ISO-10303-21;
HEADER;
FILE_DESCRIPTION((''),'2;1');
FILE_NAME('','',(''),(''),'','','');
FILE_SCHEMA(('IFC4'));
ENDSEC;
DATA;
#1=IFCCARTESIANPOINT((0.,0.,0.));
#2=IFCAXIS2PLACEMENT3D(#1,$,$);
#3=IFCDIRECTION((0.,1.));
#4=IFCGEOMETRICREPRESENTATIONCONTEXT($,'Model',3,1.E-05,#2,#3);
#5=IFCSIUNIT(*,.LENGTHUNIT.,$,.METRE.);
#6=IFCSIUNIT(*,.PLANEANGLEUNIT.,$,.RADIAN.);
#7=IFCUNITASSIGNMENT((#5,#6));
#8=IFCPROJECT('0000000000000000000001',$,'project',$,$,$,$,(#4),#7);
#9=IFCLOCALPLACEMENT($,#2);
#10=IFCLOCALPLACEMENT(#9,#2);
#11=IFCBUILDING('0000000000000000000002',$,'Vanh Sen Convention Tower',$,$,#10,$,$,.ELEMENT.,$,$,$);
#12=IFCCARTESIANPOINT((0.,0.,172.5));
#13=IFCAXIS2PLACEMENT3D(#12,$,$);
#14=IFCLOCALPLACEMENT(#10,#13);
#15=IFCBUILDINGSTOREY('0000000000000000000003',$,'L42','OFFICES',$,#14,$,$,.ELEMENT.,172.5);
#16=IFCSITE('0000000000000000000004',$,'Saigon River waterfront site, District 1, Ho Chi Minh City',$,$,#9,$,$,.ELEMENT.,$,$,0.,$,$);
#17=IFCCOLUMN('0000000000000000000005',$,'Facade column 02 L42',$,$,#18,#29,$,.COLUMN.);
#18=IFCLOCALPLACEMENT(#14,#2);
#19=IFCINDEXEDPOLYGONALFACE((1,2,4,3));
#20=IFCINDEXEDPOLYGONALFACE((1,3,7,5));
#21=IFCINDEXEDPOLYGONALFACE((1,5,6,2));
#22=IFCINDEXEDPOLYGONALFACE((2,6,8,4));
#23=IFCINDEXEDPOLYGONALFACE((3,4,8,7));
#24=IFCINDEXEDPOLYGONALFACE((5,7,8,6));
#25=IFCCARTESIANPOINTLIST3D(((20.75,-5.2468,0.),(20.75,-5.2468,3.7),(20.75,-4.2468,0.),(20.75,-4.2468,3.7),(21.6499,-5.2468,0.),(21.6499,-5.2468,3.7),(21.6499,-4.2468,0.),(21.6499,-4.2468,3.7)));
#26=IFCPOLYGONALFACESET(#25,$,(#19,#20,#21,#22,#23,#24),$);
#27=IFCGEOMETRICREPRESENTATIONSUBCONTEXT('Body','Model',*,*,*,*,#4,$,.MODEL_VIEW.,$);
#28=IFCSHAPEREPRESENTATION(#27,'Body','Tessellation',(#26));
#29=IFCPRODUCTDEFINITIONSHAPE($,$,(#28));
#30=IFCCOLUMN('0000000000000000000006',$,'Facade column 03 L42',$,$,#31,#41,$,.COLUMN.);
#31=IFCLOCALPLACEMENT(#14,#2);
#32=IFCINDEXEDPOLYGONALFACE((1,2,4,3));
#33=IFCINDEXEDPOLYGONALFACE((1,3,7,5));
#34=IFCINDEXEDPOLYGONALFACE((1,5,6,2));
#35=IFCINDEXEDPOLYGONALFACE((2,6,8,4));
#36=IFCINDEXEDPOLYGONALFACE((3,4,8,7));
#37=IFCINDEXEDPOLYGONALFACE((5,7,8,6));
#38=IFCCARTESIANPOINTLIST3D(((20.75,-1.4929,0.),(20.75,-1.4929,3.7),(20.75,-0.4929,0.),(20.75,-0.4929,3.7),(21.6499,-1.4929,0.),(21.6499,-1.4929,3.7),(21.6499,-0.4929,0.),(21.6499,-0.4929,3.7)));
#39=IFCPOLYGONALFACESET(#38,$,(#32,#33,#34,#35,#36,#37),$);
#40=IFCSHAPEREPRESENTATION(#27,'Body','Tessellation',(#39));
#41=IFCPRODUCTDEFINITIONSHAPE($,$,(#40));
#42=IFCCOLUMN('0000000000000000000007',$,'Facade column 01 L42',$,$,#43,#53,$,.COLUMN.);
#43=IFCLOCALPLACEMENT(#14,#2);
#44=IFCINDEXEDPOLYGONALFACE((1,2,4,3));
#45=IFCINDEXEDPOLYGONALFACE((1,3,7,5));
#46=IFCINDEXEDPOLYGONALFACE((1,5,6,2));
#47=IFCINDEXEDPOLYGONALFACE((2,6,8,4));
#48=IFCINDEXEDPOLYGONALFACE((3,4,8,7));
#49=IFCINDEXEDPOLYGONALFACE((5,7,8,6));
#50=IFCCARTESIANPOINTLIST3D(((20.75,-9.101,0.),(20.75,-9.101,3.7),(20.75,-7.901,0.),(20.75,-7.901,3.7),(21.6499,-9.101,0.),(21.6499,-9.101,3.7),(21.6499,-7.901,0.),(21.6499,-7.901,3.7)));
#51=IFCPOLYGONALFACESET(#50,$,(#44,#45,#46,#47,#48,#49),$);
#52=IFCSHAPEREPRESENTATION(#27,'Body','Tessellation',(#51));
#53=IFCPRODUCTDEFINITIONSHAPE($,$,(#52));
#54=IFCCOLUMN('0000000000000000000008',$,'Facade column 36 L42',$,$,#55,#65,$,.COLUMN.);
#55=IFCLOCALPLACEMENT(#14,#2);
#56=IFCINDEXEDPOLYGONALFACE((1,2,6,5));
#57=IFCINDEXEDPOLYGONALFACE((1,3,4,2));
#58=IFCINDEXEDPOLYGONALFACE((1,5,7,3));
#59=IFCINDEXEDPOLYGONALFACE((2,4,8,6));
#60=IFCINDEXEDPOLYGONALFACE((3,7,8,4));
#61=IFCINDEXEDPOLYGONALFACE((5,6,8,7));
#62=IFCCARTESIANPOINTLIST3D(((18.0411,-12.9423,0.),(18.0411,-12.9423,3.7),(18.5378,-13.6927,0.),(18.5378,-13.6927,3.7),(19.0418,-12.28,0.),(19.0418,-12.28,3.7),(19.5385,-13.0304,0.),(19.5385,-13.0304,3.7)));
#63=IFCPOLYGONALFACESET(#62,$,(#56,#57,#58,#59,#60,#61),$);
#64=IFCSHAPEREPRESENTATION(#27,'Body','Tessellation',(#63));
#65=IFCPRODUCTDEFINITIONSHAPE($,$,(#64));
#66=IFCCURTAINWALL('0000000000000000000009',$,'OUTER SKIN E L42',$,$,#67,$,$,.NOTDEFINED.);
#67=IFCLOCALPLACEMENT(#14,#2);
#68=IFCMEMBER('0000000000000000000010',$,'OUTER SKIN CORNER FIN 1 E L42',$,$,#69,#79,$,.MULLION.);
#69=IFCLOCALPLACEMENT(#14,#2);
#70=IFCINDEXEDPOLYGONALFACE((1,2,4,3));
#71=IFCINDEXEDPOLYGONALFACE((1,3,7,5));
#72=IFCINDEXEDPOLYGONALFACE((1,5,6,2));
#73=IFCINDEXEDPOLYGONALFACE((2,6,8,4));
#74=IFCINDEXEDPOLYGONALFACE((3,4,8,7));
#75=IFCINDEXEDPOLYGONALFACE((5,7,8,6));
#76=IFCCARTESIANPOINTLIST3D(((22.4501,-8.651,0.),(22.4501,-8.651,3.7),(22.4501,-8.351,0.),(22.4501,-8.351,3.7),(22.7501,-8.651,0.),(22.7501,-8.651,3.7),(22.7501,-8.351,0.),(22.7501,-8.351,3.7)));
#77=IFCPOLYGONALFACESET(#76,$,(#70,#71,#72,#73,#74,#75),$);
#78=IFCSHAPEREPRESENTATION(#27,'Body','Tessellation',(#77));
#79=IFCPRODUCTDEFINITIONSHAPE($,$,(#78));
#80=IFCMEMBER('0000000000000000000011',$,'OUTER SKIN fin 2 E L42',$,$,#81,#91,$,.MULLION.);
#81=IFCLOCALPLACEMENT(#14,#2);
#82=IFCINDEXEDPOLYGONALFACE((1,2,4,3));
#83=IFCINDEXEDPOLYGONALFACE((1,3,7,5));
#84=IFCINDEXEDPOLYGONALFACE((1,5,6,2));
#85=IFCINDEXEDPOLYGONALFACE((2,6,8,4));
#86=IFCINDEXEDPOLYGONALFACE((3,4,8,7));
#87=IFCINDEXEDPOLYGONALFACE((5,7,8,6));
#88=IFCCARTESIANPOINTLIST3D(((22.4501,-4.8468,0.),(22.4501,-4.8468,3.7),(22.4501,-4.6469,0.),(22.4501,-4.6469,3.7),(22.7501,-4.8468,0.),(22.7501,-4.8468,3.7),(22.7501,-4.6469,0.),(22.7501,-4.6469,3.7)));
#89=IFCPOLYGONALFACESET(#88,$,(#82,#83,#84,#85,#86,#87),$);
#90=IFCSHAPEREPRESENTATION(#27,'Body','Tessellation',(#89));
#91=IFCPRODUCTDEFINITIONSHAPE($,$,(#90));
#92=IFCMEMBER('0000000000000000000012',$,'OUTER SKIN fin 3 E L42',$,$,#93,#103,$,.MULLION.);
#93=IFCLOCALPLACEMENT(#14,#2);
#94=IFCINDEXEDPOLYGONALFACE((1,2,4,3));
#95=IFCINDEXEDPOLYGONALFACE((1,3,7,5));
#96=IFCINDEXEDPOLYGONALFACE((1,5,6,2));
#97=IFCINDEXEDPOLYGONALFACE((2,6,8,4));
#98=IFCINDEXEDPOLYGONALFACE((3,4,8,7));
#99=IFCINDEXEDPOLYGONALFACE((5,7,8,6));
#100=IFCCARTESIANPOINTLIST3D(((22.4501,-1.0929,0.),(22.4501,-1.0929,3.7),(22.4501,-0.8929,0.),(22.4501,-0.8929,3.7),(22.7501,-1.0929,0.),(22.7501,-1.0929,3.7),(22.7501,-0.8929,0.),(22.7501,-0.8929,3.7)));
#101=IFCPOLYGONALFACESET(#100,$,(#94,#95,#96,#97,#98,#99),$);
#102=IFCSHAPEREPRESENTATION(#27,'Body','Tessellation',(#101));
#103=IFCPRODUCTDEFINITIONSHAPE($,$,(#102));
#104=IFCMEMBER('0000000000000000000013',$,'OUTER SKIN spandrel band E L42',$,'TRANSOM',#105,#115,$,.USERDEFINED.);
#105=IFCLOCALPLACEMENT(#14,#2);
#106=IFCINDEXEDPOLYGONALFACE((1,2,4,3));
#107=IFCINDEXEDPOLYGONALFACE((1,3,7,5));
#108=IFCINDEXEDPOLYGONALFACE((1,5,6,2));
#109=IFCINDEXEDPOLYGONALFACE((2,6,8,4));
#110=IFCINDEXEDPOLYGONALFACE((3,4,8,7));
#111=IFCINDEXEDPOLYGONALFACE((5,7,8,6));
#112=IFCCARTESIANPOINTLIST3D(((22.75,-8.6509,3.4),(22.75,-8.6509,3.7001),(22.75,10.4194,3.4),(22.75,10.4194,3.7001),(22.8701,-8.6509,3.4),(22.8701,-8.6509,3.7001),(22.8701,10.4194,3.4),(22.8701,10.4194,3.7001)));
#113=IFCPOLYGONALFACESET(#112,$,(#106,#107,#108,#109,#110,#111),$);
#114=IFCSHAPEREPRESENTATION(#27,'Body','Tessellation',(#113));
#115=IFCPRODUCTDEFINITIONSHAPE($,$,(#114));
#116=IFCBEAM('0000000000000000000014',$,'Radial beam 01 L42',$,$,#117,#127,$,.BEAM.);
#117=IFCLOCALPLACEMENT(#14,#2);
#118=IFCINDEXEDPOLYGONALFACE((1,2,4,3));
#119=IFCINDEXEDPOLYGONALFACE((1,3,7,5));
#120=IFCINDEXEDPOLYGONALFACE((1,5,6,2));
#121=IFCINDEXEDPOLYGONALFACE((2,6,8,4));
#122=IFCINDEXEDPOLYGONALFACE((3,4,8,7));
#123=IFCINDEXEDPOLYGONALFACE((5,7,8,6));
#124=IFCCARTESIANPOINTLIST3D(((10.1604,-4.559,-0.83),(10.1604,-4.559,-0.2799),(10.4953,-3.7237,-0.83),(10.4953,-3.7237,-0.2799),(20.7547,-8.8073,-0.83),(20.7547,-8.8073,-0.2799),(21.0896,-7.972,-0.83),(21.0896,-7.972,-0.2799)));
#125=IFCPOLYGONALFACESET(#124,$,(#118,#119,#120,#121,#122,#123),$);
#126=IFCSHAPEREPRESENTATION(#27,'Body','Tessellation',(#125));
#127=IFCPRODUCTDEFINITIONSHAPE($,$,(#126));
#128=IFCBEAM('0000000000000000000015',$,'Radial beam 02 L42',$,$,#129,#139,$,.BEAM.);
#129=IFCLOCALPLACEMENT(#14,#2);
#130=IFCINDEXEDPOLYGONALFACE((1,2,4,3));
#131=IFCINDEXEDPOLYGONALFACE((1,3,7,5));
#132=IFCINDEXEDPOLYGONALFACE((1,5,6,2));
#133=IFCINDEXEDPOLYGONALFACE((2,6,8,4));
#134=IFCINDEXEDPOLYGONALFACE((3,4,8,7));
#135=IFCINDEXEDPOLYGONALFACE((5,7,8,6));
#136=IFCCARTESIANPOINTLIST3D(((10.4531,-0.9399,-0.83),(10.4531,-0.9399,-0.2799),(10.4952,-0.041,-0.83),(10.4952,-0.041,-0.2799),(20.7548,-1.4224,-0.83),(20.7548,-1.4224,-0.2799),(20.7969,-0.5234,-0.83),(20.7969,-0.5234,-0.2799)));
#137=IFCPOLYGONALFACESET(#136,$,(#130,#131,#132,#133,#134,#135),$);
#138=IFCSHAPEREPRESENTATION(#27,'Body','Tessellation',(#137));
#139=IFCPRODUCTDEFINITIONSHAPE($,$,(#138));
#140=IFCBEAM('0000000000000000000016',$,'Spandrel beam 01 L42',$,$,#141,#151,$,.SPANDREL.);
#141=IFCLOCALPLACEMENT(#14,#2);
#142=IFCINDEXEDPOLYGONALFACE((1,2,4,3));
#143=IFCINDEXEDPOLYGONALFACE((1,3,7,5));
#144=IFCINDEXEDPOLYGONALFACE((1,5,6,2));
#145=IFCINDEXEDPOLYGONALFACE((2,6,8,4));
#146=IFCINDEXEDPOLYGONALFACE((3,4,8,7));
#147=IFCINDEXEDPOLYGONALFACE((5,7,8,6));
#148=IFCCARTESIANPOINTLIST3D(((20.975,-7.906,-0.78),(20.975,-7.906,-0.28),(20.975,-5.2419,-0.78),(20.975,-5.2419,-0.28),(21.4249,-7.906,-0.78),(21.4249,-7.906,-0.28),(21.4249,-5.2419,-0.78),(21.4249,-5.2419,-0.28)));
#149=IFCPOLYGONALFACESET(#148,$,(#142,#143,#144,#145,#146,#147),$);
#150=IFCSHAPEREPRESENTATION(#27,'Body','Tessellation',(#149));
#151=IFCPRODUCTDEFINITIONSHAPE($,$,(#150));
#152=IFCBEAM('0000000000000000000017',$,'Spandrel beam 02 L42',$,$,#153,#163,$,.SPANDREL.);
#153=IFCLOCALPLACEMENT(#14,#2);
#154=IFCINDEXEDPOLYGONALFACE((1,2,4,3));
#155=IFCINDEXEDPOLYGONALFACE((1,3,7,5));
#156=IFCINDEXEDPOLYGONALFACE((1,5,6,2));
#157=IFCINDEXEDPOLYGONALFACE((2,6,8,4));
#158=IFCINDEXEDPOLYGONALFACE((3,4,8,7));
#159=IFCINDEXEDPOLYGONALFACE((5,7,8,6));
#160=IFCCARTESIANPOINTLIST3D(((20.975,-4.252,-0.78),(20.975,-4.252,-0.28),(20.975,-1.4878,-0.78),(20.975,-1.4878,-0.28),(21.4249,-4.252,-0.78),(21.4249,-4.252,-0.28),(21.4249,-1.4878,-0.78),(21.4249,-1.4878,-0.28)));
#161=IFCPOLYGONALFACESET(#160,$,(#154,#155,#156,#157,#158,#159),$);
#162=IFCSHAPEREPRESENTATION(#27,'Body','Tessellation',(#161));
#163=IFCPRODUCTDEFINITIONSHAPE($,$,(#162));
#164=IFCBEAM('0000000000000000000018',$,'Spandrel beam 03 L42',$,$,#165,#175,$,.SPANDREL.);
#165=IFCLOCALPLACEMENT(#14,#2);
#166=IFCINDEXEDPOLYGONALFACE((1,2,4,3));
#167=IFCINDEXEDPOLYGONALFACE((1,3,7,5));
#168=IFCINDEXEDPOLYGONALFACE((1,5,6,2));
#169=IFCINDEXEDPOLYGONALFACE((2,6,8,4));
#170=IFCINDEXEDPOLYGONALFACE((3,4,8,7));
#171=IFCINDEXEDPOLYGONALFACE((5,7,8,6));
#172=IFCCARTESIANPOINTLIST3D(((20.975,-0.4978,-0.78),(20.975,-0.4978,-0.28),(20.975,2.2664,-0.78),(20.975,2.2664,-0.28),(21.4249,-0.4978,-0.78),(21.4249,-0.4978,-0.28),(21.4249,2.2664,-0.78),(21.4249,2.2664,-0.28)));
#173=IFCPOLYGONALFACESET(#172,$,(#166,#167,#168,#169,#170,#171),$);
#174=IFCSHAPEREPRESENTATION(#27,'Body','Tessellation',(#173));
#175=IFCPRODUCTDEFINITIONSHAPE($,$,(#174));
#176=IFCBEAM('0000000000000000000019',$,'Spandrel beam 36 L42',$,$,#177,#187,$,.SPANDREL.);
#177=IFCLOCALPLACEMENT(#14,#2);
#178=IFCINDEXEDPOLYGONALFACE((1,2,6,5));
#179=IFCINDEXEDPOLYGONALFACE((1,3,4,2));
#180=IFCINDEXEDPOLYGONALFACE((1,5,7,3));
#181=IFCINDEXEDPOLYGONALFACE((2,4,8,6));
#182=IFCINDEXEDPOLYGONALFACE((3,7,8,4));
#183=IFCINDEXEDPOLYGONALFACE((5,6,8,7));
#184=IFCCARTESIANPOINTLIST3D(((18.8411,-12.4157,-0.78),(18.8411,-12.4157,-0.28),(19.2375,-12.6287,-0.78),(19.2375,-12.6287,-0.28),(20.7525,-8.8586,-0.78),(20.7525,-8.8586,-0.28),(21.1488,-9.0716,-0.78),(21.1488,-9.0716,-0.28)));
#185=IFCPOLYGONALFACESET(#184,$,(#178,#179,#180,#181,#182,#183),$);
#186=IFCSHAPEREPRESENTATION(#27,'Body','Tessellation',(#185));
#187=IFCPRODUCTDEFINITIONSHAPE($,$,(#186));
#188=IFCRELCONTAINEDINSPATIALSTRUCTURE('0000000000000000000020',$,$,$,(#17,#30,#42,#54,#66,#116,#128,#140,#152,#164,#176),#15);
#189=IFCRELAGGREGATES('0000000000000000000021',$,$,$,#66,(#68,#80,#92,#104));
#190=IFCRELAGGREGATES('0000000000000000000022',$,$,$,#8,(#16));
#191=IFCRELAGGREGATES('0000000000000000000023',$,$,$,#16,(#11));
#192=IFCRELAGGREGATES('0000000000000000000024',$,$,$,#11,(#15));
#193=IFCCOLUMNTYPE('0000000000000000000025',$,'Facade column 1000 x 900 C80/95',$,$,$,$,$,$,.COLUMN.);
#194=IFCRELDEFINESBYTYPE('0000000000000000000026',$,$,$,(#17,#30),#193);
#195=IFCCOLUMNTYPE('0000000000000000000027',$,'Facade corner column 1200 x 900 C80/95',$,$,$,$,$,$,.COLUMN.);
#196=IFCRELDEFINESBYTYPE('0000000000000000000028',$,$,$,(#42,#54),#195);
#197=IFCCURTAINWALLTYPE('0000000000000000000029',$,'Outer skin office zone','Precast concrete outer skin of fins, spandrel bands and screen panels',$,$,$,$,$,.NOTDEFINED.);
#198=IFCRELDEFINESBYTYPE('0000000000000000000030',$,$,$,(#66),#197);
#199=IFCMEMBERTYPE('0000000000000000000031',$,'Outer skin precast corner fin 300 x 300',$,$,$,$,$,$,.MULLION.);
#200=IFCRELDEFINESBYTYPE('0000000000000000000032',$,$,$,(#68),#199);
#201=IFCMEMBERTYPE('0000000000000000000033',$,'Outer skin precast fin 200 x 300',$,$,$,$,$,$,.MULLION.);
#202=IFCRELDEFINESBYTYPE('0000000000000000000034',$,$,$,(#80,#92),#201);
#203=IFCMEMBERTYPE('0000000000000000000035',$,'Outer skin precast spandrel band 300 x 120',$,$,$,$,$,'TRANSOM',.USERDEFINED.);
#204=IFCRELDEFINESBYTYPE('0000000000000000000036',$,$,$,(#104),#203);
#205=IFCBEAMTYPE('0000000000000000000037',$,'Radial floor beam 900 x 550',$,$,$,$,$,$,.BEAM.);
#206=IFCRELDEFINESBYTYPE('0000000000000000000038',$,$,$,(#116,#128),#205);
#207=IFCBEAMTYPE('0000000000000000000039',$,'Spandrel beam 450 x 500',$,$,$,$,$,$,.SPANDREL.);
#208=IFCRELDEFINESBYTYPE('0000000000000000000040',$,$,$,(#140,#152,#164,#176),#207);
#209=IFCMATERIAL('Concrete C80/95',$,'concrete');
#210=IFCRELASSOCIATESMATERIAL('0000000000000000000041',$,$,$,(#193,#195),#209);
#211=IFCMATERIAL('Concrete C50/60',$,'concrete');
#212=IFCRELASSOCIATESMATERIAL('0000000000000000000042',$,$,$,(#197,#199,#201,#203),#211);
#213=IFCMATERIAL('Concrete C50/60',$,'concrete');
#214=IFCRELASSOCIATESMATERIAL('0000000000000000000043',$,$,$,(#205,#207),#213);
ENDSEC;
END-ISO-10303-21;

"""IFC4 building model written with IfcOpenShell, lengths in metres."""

from ifc_helpers import new_model, si_unit, direction, frame, origin, origin_2d, place, context, subcontext, project, spatial, rectangle, extrude, material, material_profile, profile_set, type_object, element, aggregate, save


model = new_model("IFC4")

# Units and contexts
model_context = context("Model", 3, precision=1e-05, world=origin(), true_north=direction((0.0, 1.0)))
body_context = subcontext(model_context, "Body", "Model", "MODEL_VIEW")
ifc_project = project(units=[si_unit("LENGTHUNIT", "METRE"), si_unit("PLANEANGLEUNIT", "RADIAN")], contexts=[model_context])

# Site, building, storey
site_placement = place(None, origin())
site = spatial("IfcSite", under=ifc_project, at=site_placement, Name="Saigon River waterfront site, District 1, Ho Chi Minh City", CompositionType="ELEMENT", RefElevation=0.0)
building_placement = place(site_placement, origin())
building = spatial("IfcBuilding", under=site, at=building_placement, Name="Vanh Sen Convention Tower", CompositionType="ELEMENT")
storey_placement = place(building_placement, frame((0.0, 0.0, 172.5)))
storey = spatial("IfcBuildingStorey", under=building, at=storey_placement, Name="L42", Description="OFFICES", CompositionType="ELEMENT", Elevation=172.5)

# Columns
ifc_material_1 = material(Name="Concrete C80/95", Category="concrete")
ifc_material_profile_1 = material_profile(ifc_material_1, rectangle(XDim=1.0, YDim=0.8999, at=origin_2d()), Name="RC 1000X900")
ifc_profile_set_1 = profile_set([ifc_material_profile_1], Name="Concrete C80/95")
column_type_1 = type_object("IfcColumnType", Name="Facade column 1000 x 900 C80/95", PredefinedType="COLUMN", material=ifc_profile_set_1)
for number, where, z_axis, x_axis, name in (
    (1, (21.2, -4.7468, 0.0), (0.0, 0.0, 1.0), (0.0, 1.0, 0.0), "Facade column 02 L42"),
    (2, (21.2, -0.9929, 0.0), (0.0, 0.0, 1.0), (0.0, 1.0, 0.0), "Facade column 03 L42"),
):
    element("IfcColumn", number, at=place(storey_placement, frame(where, z_axis=z_axis, x_axis=x_axis)), inside=storey, type_object=column_type_1, Name=name, PredefinedType="COLUMN", context=body_context, shape_type="SweptSolid", body=[
        extrude(rectangle(XDim=1.0, YDim=0.8999, at=origin_2d()), origin(), (0.0, 0.0, 1.0), 3.7),
    ])
ifc_material_profile_2 = material_profile(ifc_material_1, rectangle(XDim=1.2, YDim=0.8999, at=origin_2d()), Name="RC 1200X900")
ifc_profile_set_2 = profile_set([ifc_material_profile_2], Name="Concrete C80/95")
column_type_2 = type_object("IfcColumnType", Name="Facade corner column 1200 x 900 C80/95", PredefinedType="COLUMN", material=ifc_profile_set_2)
for number, where, z_axis, x_axis, name in (
    (3, (21.2, -8.501, 0.0), (0.0, 0.0, 1.0), (0.0, 1.0, 0.0), "Facade column 01 L42"),
    (4, (18.7898, -12.9863, 0.0), (0.0, 0.0, 1.0), (0.833886, 0.551937, 0.0), "Facade column 36 L42"),
):
    element("IfcColumn", number, at=place(storey_placement, frame(where, z_axis=z_axis, x_axis=x_axis)), inside=storey, type_object=column_type_2, Name=name, PredefinedType="COLUMN", context=body_context, shape_type="SweptSolid", body=[
        extrude(rectangle(XDim=1.2, YDim=0.8999, at=origin_2d()), origin(), (0.0, 0.0, 1.0), 3.7),
    ])

# Curtain wall, members
ifc_material_2 = material(Name="Concrete C50/60", Category="concrete")
curtain_wall_type = type_object("IfcCurtainWallType", Name="Outer skin office zone", Description="Precast concrete outer skin of fins, spandrel bands and screen panels", PredefinedType="NOTDEFINED", material=ifc_material_2)
curtain_wall_1_placement = place(storey_placement, origin())
curtain_wall_1 = element("IfcCurtainWall", 5, at=curtain_wall_1_placement, inside=storey, type_object=curtain_wall_type, Name="OUTER SKIN E L42", PredefinedType="NOTDEFINED")
ifc_material_profile_3 = material_profile(ifc_material_2, rectangle(XDim=0.3, YDim=0.3, at=origin_2d()), Name="Outer skin precast corner fin 300 x 300")
ifc_profile_set_3 = profile_set([ifc_material_profile_3], Name="Concrete C50/60")
member_type_1 = type_object("IfcMemberType", Name="Outer skin precast corner fin 300 x 300", PredefinedType="MULLION", material=ifc_profile_set_3)
member_1_placement = place(storey_placement, frame((22.6001, -8.501, 0.0), z_axis=(0.0, 0.0, 1.0), x_axis=(0.0, 1.0, 0.0)))
member_1 = element("IfcMember", 6, at=member_1_placement, type_object=member_type_1, Name="OUTER SKIN CORNER FIN 1 E L42", PredefinedType="MULLION", context=body_context, shape_type="SweptSolid", body=[
    extrude(rectangle(XDim=0.3, YDim=0.3, at=origin_2d()), origin(), (0.0, 0.0, 1.0), 3.7),
])
ifc_material_profile_4 = material_profile(ifc_material_2, rectangle(XDim=0.2, YDim=0.3, at=origin_2d()), Name="Outer skin precast fin 200 x 300")
ifc_profile_set_4 = profile_set([ifc_material_profile_4], Name="Concrete C50/60")
member_type_2 = type_object("IfcMemberType", Name="Outer skin precast fin 200 x 300", PredefinedType="MULLION", material=ifc_profile_set_4)
member_2_placement = place(storey_placement, frame((22.6001, -4.7468, 0.0), z_axis=(0.0, 0.0, 1.0), x_axis=(0.0, 1.0, 0.0)))
member_2 = element("IfcMember", 7, at=member_2_placement, type_object=member_type_2, Name="OUTER SKIN fin 2 E L42", PredefinedType="MULLION", context=body_context, shape_type="SweptSolid", body=[
    extrude(rectangle(XDim=0.2, YDim=0.3, at=origin_2d()), origin(), (0.0, 0.0, 1.0), 3.7),
])
member_3_placement = place(storey_placement, frame((22.6001, -0.9929, 0.0), z_axis=(0.0, 0.0, 1.0), x_axis=(0.0, 1.0, 0.0)))
member_3 = element("IfcMember", 8, at=member_3_placement, type_object=member_type_2, Name="OUTER SKIN fin 3 E L42", PredefinedType="MULLION", context=body_context, shape_type="SweptSolid", body=[
    extrude(rectangle(XDim=0.2, YDim=0.3, at=origin_2d()), origin(), (0.0, 0.0, 1.0), 3.7),
])
ifc_material_profile_5 = material_profile(ifc_material_2, rectangle(XDim=0.1201, YDim=0.3, at=origin_2d()), Name="Outer skin precast spandrel band 300 x 120")
ifc_profile_set_5 = profile_set([ifc_material_profile_5], Name="Concrete C50/60")
member_type_3 = type_object("IfcMemberType", Name="Outer skin precast spandrel band 300 x 120", ElementType="TRANSOM", PredefinedType="USERDEFINED", material=ifc_profile_set_5)
member_4_placement = place(storey_placement, frame((22.8101, -8.6509, 3.55), z_axis=(0.0, 1.0, 0.0), x_axis=(-1.0, 0.0, 0.0)))
member_4 = element("IfcMember", 9, at=member_4_placement, type_object=member_type_3, Name="OUTER SKIN spandrel band E L42", ObjectType="TRANSOM", PredefinedType="USERDEFINED", context=body_context, shape_type="SweptSolid", body=[
    extrude(rectangle(XDim=0.1201, YDim=0.3, at=origin_2d()), origin(), (0.0, 0.0, 1.0), 19.0703),
])

# Beams
ifc_material_3 = material(Name="Concrete C50/60", Category="concrete")
ifc_material_profile_6 = material_profile(ifc_material_3, rectangle(XDim=0.8999, YDim=0.55, at=origin_2d()), Name="RC 900X550")
ifc_profile_set_6 = profile_set([ifc_material_profile_6], Name="Concrete C50/60")
beam_type_1 = type_object("IfcBeamType", Name="Radial floor beam 900 x 550", PredefinedType="BEAM", material=ifc_profile_set_6)
beam_1_placement = place(storey_placement, frame((20.9221, -8.3896, -0.5549), z_axis=(-0.928156, 0.372191, 0.0), x_axis=(-0.372191, -0.928156, 0.0)))
element("IfcBeam", 10, at=beam_1_placement, inside=storey, type_object=beam_type_1, Name="Radial beam 01 L42", PredefinedType="BEAM", context=body_context, shape_type="SweptSolid", body=[
    extrude(rectangle(XDim=0.8999, YDim=0.55, at=origin_2d()), origin(), (0.0, 0.0, 1.0), 11.4143),
])
beam_2_placement = place(storey_placement, frame((20.7759, -0.9729, -0.5549), z_axis=(-0.998905, 0.046778, 0.0), x_axis=(-0.046778, -0.998905, 0.0)))
element("IfcBeam", 11, at=beam_2_placement, inside=storey, type_object=beam_type_1, Name="Radial beam 02 L42", PredefinedType="BEAM", context=body_context, shape_type="SweptSolid", body=[
    extrude(rectangle(XDim=0.8999, YDim=0.55, at=origin_2d()), origin(), (0.0, 0.0, 1.0), 10.313),
])
ifc_material_profile_7 = material_profile(ifc_material_3, rectangle(XDim=0.45, YDim=0.5, at=origin_2d()), Name="RC 450X500")
ifc_profile_set_7 = profile_set([ifc_material_profile_7], Name="Concrete C50/60")
beam_type_2 = type_object("IfcBeamType", Name="Spandrel beam 450 x 500", PredefinedType="SPANDREL", material=ifc_profile_set_7)
beam_3_placement = place(storey_placement, frame((21.2, -7.906, -0.53), z_axis=(0.0, 1.0, 0.0), x_axis=(-1.0, 0.0, 0.0)))
element("IfcBeam", 12, at=beam_3_placement, inside=storey, type_object=beam_type_2, Name="Spandrel beam 01 L42", PredefinedType="SPANDREL", context=body_context, shape_type="SweptSolid", body=[
    extrude(rectangle(XDim=0.45, YDim=0.5, at=origin_2d()), origin(), (0.0, 0.0, 1.0), 2.6641),
])
for number, where, z_axis, x_axis, name in (
    (13, (21.2, -4.252, -0.53), (0.0, 1.0, 0.0), (-1.0, 0.0, 0.0), "Spandrel beam 02 L42"),
    (14, (21.2, -0.4978, -0.53), (0.0, 1.0, 0.0), (-1.0, 0.0, 0.0), "Spandrel beam 03 L42"),
):
    element("IfcBeam", number, at=place(storey_placement, frame(where, z_axis=z_axis, x_axis=x_axis)), inside=storey, type_object=beam_type_2, Name=name, PredefinedType="SPANDREL", context=body_context, shape_type="SweptSolid", body=[
        extrude(rectangle(XDim=0.45, YDim=0.5, at=origin_2d()), origin(), (0.0, 0.0, 1.0), 2.7642),
    ])
beam_4_placement = place(storey_placement, frame((19.0393, -12.5222, -0.53), z_axis=(0.473332, 0.880884, 0.0), x_axis=(-0.880884, 0.473332, 0.0)))
element("IfcBeam", 15, at=beam_4_placement, inside=storey, type_object=beam_type_2, Name="Spandrel beam 36 L42", PredefinedType="SPANDREL", context=body_context, shape_type="SweptSolid", body=[
    extrude(rectangle(XDim=0.45, YDim=0.5, at=origin_2d()), origin(), (0.0, 0.0, 1.0), 4.0381),
])

aggregate(curtain_wall_1, [member_1, member_2, member_3, member_4])

save(model, "model.ifc")
